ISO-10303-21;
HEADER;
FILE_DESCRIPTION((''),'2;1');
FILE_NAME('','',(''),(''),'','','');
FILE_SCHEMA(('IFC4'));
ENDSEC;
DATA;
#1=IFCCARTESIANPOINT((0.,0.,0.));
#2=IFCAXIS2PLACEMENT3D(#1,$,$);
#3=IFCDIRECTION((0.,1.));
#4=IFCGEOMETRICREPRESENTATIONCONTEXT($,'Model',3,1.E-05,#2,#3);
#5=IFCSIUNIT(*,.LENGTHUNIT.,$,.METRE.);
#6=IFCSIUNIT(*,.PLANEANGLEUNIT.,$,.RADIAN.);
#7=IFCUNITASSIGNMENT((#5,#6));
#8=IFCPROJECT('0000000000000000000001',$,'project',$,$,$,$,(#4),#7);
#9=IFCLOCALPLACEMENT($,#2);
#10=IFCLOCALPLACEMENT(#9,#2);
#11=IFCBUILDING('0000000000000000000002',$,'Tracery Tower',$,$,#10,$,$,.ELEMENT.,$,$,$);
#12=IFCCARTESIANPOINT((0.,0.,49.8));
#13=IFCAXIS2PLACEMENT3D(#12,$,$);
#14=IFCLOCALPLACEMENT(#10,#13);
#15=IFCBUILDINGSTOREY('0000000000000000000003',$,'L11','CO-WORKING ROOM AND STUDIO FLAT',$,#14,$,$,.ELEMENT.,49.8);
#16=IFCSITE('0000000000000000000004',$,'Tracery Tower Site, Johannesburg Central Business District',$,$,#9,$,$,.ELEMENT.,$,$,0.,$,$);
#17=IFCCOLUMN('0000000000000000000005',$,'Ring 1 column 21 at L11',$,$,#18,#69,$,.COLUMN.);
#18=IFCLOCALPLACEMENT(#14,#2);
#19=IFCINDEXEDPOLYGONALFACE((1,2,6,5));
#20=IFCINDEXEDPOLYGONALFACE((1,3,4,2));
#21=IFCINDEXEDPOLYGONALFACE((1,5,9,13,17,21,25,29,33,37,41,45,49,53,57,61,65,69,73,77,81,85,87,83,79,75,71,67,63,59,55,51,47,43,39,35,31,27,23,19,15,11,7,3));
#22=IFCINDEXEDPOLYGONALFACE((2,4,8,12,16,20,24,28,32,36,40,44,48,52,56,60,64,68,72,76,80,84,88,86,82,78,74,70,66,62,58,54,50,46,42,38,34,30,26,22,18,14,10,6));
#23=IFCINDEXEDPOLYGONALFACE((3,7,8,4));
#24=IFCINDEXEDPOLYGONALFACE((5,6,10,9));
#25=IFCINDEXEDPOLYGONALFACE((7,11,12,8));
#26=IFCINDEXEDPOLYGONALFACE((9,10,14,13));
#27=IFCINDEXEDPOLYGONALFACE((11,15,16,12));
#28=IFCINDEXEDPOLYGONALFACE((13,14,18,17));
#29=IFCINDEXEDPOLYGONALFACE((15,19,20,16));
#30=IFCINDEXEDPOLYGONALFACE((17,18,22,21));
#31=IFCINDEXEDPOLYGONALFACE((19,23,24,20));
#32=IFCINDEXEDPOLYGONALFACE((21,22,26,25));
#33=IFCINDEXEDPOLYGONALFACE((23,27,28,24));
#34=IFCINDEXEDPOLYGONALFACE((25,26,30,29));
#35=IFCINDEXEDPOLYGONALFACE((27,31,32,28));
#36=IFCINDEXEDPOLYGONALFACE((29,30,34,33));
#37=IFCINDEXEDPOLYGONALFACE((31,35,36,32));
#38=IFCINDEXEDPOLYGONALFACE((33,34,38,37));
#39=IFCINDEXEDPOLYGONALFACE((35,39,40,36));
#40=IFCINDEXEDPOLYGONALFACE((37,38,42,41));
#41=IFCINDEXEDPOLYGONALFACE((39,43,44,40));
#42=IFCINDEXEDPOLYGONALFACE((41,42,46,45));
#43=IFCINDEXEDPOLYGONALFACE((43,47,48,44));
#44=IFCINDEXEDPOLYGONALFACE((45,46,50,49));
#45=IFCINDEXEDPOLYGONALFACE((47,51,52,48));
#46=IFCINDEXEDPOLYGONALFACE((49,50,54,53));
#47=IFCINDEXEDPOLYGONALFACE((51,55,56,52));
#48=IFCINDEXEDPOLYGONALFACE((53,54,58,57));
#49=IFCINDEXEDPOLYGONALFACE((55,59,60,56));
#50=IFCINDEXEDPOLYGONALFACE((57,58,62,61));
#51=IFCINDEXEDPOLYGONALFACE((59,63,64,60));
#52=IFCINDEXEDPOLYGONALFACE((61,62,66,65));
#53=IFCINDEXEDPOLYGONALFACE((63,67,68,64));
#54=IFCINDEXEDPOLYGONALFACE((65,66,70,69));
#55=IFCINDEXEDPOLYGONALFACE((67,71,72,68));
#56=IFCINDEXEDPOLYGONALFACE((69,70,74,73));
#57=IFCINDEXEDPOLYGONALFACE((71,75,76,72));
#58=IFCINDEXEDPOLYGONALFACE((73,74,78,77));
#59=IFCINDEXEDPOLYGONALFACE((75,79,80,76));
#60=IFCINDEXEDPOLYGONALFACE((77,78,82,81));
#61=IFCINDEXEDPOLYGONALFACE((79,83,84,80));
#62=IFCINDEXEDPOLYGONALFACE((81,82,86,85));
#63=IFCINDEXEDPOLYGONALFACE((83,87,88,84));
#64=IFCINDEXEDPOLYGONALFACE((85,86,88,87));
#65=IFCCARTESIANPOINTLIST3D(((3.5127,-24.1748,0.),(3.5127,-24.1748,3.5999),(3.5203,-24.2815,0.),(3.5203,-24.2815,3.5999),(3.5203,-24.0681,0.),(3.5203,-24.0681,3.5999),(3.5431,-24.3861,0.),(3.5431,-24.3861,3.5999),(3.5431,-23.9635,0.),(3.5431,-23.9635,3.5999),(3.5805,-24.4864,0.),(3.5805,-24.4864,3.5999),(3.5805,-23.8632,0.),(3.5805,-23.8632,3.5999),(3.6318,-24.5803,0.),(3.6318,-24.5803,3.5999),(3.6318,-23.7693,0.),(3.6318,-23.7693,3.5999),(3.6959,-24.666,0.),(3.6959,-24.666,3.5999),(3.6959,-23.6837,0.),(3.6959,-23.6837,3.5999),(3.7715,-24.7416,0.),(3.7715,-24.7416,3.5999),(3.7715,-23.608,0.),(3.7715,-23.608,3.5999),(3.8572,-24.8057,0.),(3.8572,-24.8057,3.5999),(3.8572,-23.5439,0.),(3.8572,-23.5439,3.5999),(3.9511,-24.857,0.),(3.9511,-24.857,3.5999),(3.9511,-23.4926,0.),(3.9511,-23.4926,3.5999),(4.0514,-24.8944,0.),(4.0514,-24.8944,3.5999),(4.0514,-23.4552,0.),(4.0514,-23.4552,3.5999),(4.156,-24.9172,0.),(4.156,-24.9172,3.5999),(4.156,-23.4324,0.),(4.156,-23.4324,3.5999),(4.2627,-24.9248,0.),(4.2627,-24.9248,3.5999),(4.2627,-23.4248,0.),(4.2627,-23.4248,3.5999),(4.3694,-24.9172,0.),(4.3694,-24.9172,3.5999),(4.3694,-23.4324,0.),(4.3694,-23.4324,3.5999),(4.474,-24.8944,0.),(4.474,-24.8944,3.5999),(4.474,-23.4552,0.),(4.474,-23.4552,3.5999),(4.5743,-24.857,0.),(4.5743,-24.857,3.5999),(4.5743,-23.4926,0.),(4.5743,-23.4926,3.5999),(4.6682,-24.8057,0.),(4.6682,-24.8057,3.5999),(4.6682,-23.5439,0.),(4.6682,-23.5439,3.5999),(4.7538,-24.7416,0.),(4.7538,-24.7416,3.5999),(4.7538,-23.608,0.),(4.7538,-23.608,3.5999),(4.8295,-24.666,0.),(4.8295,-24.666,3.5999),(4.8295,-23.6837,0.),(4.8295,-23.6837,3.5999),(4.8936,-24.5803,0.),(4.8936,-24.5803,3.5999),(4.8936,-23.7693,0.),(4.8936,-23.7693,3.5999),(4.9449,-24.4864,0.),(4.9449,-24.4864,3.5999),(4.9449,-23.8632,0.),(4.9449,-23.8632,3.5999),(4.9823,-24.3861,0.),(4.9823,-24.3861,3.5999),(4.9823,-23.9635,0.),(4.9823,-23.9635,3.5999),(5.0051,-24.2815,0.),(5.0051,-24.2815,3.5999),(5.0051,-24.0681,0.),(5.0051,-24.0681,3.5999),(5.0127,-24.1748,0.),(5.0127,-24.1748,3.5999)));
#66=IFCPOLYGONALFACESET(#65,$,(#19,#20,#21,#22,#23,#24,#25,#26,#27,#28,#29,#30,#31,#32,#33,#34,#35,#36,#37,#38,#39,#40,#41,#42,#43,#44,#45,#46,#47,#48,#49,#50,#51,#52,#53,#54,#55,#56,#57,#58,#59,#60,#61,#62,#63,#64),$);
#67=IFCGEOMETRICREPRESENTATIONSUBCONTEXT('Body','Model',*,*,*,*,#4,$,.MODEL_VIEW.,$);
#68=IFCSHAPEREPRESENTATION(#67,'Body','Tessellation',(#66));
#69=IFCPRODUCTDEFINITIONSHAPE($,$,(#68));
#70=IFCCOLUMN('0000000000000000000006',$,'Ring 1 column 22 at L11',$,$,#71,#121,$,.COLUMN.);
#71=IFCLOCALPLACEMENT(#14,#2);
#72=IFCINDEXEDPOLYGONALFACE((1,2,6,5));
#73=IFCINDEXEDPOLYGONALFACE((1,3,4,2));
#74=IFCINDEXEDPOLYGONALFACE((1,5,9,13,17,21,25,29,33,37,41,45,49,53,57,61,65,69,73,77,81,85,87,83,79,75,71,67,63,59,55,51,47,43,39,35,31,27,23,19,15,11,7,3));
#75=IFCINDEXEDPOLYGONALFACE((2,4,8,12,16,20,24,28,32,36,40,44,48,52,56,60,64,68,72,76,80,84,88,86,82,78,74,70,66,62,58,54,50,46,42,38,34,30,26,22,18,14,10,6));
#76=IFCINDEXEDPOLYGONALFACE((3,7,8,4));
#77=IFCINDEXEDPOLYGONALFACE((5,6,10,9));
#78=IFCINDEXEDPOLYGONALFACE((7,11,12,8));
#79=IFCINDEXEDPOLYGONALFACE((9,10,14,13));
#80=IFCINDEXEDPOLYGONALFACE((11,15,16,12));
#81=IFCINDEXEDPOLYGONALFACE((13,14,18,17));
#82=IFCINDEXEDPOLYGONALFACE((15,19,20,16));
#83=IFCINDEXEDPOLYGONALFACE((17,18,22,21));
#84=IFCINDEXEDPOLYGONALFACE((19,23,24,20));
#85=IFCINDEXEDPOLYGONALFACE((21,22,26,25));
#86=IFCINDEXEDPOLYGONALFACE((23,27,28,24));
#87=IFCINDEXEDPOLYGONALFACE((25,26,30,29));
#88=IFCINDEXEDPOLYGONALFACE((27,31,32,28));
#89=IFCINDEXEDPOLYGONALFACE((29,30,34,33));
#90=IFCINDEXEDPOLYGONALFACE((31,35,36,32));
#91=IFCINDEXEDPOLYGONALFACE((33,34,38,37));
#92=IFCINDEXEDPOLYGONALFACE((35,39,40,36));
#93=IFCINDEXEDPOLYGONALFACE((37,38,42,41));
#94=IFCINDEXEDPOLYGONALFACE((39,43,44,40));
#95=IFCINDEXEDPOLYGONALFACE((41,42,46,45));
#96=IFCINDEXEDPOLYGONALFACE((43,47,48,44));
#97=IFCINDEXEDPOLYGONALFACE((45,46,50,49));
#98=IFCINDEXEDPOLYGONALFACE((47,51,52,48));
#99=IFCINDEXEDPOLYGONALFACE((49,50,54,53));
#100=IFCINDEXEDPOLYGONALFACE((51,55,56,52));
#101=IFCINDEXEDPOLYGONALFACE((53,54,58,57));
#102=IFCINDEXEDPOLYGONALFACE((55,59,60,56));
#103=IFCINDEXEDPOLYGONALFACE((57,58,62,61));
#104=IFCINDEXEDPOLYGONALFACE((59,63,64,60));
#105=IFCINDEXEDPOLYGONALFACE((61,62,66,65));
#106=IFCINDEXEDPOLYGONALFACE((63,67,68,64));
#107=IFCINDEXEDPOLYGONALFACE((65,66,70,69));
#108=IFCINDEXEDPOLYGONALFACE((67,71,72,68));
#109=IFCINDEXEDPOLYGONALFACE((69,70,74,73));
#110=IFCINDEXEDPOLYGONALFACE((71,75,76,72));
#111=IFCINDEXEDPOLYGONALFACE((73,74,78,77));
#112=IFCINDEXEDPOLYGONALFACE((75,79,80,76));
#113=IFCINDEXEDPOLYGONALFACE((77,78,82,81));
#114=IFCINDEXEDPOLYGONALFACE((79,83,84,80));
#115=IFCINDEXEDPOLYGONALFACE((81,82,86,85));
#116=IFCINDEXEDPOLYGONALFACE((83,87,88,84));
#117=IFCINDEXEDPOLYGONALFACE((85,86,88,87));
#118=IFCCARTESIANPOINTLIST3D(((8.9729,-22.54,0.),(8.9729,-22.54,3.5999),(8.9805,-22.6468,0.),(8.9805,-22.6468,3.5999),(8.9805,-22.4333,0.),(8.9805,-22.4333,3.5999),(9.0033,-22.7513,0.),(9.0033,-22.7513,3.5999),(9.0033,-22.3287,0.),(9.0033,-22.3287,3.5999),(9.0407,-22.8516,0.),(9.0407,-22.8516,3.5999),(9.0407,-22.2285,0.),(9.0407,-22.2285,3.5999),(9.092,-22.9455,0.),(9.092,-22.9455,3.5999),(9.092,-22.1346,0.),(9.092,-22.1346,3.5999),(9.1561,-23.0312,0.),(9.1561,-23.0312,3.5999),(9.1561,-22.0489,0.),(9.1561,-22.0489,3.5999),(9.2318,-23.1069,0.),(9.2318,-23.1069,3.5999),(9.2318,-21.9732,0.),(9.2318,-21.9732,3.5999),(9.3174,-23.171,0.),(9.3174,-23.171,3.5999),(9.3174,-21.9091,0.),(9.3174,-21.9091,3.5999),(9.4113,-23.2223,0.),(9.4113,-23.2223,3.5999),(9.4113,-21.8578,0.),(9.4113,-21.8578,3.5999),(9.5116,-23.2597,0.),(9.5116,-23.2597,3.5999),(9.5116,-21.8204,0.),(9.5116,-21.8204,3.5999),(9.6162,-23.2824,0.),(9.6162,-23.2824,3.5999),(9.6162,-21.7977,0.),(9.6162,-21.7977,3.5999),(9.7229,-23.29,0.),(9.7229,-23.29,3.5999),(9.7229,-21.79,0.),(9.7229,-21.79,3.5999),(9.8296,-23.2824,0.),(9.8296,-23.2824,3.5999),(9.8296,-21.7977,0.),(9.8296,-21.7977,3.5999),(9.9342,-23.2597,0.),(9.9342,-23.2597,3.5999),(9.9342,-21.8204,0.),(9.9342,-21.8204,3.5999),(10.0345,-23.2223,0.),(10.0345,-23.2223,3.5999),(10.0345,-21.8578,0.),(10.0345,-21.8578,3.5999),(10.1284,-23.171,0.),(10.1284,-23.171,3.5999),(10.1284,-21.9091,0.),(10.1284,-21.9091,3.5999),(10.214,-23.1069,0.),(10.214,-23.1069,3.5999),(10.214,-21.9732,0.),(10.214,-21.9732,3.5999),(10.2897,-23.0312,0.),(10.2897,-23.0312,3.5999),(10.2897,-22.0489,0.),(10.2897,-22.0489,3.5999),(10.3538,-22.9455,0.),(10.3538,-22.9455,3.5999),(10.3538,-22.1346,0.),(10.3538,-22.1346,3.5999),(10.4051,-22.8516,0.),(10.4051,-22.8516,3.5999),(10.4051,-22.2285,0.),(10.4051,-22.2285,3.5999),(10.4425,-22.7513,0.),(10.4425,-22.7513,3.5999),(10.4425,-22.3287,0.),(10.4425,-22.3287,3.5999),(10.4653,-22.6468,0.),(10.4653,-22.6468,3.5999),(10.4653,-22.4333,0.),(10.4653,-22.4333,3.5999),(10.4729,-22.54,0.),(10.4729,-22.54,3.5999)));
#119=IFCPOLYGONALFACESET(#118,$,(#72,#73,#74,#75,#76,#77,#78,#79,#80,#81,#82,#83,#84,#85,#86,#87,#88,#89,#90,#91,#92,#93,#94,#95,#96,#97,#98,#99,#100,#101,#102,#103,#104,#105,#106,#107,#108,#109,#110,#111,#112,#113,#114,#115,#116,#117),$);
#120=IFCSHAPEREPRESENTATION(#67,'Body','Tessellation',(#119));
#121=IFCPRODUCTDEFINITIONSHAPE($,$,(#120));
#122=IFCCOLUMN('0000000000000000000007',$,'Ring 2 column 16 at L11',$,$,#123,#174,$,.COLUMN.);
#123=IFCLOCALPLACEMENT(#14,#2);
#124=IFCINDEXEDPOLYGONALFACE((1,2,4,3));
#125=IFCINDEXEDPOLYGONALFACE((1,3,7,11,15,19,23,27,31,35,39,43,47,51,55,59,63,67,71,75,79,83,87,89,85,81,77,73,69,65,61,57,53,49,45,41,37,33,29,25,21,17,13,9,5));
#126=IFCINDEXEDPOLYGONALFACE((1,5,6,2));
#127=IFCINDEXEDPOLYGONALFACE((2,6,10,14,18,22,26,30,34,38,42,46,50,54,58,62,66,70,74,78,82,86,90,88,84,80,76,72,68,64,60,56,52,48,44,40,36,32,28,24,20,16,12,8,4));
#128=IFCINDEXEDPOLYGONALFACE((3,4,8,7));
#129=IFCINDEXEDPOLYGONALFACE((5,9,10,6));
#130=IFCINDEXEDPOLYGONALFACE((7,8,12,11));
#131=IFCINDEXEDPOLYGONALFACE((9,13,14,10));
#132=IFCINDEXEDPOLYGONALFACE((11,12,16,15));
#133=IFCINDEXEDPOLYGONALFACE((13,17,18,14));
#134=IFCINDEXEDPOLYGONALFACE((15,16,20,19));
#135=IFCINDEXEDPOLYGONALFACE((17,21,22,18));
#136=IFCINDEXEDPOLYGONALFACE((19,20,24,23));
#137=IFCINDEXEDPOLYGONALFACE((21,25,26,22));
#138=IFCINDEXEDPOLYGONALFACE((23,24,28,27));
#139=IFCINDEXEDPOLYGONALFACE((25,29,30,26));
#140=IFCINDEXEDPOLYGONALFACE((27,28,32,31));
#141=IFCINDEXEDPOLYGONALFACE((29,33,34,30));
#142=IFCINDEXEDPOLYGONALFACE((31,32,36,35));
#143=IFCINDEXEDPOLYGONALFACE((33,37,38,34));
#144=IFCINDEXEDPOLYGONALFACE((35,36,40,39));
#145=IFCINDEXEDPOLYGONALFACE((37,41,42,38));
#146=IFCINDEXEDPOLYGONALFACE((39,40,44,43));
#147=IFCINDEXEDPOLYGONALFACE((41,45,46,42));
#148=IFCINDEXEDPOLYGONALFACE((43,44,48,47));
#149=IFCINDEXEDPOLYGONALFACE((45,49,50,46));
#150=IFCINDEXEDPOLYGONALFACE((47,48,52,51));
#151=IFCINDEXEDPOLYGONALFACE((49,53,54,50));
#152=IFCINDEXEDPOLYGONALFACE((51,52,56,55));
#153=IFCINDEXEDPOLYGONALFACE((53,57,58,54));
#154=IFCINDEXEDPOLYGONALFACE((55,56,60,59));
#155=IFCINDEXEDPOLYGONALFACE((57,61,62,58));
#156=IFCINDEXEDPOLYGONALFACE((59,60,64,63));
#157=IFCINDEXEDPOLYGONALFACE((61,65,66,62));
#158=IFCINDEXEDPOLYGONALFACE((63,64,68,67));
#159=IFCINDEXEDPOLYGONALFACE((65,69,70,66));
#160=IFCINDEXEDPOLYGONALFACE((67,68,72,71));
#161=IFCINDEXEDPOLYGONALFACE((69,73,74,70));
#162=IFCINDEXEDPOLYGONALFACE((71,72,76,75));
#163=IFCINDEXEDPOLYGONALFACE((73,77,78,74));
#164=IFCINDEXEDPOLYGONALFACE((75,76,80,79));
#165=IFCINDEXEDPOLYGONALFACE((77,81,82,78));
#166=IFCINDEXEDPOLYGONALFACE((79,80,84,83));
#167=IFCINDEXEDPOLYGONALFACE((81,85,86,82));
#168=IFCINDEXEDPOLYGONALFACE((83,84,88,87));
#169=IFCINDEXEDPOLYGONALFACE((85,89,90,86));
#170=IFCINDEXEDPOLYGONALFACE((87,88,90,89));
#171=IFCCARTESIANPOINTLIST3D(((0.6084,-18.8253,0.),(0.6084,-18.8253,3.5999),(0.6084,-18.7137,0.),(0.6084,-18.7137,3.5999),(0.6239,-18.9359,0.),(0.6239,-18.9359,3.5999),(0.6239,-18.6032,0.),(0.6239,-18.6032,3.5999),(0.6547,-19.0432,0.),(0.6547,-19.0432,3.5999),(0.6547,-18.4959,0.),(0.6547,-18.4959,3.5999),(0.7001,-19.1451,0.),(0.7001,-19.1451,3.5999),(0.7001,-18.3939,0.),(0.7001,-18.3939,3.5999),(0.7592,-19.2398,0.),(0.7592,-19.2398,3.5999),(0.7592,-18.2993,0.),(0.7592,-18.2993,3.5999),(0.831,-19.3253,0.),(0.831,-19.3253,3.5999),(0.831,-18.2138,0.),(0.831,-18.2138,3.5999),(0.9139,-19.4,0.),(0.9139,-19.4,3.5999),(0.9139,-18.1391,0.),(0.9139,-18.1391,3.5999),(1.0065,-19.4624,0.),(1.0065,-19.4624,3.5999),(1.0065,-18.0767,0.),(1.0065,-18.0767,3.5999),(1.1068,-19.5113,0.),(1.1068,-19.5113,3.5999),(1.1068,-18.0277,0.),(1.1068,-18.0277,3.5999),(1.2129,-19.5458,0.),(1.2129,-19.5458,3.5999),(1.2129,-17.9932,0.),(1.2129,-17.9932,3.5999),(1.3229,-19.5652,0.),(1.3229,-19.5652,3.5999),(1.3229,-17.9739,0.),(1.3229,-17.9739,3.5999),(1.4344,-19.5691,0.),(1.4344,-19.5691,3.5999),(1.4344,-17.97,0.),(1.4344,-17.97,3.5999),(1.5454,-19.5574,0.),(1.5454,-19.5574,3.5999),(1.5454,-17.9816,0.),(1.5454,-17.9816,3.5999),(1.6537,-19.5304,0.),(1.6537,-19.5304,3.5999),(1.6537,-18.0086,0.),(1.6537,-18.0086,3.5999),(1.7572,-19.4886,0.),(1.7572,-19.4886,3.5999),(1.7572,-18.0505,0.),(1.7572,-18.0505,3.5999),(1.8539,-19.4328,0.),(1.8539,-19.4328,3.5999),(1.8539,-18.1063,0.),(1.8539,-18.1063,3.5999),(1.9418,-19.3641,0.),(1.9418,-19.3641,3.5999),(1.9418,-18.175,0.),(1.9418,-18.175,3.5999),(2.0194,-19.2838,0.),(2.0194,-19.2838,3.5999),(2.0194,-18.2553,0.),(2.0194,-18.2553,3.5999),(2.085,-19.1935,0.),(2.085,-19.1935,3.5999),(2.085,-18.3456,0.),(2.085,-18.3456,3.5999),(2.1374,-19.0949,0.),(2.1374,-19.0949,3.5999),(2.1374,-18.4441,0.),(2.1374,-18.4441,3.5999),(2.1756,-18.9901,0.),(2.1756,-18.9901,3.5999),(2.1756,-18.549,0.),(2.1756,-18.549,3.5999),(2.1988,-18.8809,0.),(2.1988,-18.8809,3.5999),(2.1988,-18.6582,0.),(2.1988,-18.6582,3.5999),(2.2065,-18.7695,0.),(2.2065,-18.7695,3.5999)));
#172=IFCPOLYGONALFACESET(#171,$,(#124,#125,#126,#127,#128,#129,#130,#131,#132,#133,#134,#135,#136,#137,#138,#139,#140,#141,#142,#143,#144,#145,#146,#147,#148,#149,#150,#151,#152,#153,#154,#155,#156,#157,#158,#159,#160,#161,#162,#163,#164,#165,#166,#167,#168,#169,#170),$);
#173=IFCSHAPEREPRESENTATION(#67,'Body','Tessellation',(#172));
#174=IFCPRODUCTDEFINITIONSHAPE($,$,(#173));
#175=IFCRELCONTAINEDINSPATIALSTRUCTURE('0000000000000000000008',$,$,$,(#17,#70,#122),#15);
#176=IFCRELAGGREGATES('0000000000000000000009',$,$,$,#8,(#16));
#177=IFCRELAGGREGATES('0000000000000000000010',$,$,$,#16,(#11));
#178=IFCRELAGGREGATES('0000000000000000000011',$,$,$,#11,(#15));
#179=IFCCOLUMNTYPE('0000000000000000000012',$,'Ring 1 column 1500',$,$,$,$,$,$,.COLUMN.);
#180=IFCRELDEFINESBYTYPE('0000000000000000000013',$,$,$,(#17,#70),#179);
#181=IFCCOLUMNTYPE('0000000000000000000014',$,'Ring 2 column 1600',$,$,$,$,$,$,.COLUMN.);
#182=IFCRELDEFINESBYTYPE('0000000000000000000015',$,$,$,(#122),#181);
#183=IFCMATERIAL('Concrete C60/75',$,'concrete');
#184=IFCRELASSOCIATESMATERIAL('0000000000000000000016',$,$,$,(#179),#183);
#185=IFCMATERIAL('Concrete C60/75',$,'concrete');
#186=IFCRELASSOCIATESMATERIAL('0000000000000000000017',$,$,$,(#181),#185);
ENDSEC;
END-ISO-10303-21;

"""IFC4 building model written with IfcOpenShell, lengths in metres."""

from ifc_helpers import new_model, si_unit, direction, frame, origin, origin_2d, place, context, subcontext, project, spatial, circle, extrude, material, material_profile, profile_set, type_object, element, save


model = new_model("IFC4")

# Units and contexts
model_context = context("Model", 3, precision=1e-05, world=origin(), true_north=direction((0.0, 1.0)))
body_context = subcontext(model_context, "Body", "Model", "MODEL_VIEW")
ifc_project = project(units=[si_unit("LENGTHUNIT", "METRE"), si_unit("PLANEANGLEUNIT", "RADIAN")], contexts=[model_context])

# Site, building, storey
site_placement = place(None, origin())
site = spatial("IfcSite", under=ifc_project, at=site_placement, Name="Tracery Tower Site, Johannesburg Central Business District", CompositionType="ELEMENT", RefElevation=0.0)
building_placement = place(site_placement, origin())
building = spatial("IfcBuilding", under=site, at=building_placement, Name="Tracery Tower", CompositionType="ELEMENT")
storey_placement = place(building_placement, frame((0.0, 0.0, 49.8)))
storey = spatial("IfcBuildingStorey", under=building, at=storey_placement, Name="L11", Description="CO-WORKING ROOM AND STUDIO FLAT", CompositionType="ELEMENT", Elevation=49.8)

# Columns
ifc_material_1 = material(Name="Concrete C60/75", Category="concrete")
ifc_material_profile_1 = material_profile(ifc_material_1, circle(Radius=0.75, at=origin_2d()), Name="RC D1500")
ifc_profile_set_1 = profile_set([ifc_material_profile_1], Name="Concrete C60/75")
column_type_1 = type_object("IfcColumnType", Name="Ring 1 column 1500", PredefinedType="COLUMN", material=ifc_profile_set_1)
for number, where, z_axis, x_axis, name in (
    (1, (4.2627, -24.1748, 0.0), (0.0, 0.0, 1.0), (1.0, 0.0, 0.0), "Ring 1 column 21 at L11"),
    (2, (9.7229, -22.54, 0.0), (0.0, 0.0, 1.0), (1.0, 0.0, 0.0), "Ring 1 column 22 at L11"),
):
    element("IfcColumn", number, at=place(storey_placement, frame(where, z_axis=z_axis, x_axis=x_axis)), inside=storey, type_object=column_type_1, Name=name, PredefinedType="COLUMN", context=body_context, shape_type="SweptSolid", body=[
        extrude(circle(Radius=0.75, at=origin_2d()), origin(), (0.0, 0.0, 1.0), 3.5999),
    ])
ifc_material_2 = material(Name="Concrete C60/75", Category="concrete")
ifc_material_profile_2 = material_profile(ifc_material_2, circle(Radius=0.8, at=origin_2d()), Name="RC D1600")
ifc_profile_set_2 = profile_set([ifc_material_profile_2], Name="Concrete C60/75")
column_type_2 = type_object("IfcColumnType", Name="Ring 2 column 1600", PredefinedType="COLUMN", material=ifc_profile_set_2)
for number, where, z_axis, x_axis, name in (
    (3, (1.4065, -18.7695, 0.0), (0.0, 0.0, 1.0), (1.0, 0.0, 0.0), "Ring 2 column 16 at L11"),
):
    element("IfcColumn", number, at=place(storey_placement, frame(where, z_axis=z_axis, x_axis=x_axis)), inside=storey, type_object=column_type_2, Name=name, PredefinedType="COLUMN", context=body_context, shape_type="SweptSolid", body=[
        extrude(circle(Radius=0.8, at=origin_2d()), origin(), (0.0, 0.0, 1.0), 3.5999),
    ])

save(model, "model.ifc")
